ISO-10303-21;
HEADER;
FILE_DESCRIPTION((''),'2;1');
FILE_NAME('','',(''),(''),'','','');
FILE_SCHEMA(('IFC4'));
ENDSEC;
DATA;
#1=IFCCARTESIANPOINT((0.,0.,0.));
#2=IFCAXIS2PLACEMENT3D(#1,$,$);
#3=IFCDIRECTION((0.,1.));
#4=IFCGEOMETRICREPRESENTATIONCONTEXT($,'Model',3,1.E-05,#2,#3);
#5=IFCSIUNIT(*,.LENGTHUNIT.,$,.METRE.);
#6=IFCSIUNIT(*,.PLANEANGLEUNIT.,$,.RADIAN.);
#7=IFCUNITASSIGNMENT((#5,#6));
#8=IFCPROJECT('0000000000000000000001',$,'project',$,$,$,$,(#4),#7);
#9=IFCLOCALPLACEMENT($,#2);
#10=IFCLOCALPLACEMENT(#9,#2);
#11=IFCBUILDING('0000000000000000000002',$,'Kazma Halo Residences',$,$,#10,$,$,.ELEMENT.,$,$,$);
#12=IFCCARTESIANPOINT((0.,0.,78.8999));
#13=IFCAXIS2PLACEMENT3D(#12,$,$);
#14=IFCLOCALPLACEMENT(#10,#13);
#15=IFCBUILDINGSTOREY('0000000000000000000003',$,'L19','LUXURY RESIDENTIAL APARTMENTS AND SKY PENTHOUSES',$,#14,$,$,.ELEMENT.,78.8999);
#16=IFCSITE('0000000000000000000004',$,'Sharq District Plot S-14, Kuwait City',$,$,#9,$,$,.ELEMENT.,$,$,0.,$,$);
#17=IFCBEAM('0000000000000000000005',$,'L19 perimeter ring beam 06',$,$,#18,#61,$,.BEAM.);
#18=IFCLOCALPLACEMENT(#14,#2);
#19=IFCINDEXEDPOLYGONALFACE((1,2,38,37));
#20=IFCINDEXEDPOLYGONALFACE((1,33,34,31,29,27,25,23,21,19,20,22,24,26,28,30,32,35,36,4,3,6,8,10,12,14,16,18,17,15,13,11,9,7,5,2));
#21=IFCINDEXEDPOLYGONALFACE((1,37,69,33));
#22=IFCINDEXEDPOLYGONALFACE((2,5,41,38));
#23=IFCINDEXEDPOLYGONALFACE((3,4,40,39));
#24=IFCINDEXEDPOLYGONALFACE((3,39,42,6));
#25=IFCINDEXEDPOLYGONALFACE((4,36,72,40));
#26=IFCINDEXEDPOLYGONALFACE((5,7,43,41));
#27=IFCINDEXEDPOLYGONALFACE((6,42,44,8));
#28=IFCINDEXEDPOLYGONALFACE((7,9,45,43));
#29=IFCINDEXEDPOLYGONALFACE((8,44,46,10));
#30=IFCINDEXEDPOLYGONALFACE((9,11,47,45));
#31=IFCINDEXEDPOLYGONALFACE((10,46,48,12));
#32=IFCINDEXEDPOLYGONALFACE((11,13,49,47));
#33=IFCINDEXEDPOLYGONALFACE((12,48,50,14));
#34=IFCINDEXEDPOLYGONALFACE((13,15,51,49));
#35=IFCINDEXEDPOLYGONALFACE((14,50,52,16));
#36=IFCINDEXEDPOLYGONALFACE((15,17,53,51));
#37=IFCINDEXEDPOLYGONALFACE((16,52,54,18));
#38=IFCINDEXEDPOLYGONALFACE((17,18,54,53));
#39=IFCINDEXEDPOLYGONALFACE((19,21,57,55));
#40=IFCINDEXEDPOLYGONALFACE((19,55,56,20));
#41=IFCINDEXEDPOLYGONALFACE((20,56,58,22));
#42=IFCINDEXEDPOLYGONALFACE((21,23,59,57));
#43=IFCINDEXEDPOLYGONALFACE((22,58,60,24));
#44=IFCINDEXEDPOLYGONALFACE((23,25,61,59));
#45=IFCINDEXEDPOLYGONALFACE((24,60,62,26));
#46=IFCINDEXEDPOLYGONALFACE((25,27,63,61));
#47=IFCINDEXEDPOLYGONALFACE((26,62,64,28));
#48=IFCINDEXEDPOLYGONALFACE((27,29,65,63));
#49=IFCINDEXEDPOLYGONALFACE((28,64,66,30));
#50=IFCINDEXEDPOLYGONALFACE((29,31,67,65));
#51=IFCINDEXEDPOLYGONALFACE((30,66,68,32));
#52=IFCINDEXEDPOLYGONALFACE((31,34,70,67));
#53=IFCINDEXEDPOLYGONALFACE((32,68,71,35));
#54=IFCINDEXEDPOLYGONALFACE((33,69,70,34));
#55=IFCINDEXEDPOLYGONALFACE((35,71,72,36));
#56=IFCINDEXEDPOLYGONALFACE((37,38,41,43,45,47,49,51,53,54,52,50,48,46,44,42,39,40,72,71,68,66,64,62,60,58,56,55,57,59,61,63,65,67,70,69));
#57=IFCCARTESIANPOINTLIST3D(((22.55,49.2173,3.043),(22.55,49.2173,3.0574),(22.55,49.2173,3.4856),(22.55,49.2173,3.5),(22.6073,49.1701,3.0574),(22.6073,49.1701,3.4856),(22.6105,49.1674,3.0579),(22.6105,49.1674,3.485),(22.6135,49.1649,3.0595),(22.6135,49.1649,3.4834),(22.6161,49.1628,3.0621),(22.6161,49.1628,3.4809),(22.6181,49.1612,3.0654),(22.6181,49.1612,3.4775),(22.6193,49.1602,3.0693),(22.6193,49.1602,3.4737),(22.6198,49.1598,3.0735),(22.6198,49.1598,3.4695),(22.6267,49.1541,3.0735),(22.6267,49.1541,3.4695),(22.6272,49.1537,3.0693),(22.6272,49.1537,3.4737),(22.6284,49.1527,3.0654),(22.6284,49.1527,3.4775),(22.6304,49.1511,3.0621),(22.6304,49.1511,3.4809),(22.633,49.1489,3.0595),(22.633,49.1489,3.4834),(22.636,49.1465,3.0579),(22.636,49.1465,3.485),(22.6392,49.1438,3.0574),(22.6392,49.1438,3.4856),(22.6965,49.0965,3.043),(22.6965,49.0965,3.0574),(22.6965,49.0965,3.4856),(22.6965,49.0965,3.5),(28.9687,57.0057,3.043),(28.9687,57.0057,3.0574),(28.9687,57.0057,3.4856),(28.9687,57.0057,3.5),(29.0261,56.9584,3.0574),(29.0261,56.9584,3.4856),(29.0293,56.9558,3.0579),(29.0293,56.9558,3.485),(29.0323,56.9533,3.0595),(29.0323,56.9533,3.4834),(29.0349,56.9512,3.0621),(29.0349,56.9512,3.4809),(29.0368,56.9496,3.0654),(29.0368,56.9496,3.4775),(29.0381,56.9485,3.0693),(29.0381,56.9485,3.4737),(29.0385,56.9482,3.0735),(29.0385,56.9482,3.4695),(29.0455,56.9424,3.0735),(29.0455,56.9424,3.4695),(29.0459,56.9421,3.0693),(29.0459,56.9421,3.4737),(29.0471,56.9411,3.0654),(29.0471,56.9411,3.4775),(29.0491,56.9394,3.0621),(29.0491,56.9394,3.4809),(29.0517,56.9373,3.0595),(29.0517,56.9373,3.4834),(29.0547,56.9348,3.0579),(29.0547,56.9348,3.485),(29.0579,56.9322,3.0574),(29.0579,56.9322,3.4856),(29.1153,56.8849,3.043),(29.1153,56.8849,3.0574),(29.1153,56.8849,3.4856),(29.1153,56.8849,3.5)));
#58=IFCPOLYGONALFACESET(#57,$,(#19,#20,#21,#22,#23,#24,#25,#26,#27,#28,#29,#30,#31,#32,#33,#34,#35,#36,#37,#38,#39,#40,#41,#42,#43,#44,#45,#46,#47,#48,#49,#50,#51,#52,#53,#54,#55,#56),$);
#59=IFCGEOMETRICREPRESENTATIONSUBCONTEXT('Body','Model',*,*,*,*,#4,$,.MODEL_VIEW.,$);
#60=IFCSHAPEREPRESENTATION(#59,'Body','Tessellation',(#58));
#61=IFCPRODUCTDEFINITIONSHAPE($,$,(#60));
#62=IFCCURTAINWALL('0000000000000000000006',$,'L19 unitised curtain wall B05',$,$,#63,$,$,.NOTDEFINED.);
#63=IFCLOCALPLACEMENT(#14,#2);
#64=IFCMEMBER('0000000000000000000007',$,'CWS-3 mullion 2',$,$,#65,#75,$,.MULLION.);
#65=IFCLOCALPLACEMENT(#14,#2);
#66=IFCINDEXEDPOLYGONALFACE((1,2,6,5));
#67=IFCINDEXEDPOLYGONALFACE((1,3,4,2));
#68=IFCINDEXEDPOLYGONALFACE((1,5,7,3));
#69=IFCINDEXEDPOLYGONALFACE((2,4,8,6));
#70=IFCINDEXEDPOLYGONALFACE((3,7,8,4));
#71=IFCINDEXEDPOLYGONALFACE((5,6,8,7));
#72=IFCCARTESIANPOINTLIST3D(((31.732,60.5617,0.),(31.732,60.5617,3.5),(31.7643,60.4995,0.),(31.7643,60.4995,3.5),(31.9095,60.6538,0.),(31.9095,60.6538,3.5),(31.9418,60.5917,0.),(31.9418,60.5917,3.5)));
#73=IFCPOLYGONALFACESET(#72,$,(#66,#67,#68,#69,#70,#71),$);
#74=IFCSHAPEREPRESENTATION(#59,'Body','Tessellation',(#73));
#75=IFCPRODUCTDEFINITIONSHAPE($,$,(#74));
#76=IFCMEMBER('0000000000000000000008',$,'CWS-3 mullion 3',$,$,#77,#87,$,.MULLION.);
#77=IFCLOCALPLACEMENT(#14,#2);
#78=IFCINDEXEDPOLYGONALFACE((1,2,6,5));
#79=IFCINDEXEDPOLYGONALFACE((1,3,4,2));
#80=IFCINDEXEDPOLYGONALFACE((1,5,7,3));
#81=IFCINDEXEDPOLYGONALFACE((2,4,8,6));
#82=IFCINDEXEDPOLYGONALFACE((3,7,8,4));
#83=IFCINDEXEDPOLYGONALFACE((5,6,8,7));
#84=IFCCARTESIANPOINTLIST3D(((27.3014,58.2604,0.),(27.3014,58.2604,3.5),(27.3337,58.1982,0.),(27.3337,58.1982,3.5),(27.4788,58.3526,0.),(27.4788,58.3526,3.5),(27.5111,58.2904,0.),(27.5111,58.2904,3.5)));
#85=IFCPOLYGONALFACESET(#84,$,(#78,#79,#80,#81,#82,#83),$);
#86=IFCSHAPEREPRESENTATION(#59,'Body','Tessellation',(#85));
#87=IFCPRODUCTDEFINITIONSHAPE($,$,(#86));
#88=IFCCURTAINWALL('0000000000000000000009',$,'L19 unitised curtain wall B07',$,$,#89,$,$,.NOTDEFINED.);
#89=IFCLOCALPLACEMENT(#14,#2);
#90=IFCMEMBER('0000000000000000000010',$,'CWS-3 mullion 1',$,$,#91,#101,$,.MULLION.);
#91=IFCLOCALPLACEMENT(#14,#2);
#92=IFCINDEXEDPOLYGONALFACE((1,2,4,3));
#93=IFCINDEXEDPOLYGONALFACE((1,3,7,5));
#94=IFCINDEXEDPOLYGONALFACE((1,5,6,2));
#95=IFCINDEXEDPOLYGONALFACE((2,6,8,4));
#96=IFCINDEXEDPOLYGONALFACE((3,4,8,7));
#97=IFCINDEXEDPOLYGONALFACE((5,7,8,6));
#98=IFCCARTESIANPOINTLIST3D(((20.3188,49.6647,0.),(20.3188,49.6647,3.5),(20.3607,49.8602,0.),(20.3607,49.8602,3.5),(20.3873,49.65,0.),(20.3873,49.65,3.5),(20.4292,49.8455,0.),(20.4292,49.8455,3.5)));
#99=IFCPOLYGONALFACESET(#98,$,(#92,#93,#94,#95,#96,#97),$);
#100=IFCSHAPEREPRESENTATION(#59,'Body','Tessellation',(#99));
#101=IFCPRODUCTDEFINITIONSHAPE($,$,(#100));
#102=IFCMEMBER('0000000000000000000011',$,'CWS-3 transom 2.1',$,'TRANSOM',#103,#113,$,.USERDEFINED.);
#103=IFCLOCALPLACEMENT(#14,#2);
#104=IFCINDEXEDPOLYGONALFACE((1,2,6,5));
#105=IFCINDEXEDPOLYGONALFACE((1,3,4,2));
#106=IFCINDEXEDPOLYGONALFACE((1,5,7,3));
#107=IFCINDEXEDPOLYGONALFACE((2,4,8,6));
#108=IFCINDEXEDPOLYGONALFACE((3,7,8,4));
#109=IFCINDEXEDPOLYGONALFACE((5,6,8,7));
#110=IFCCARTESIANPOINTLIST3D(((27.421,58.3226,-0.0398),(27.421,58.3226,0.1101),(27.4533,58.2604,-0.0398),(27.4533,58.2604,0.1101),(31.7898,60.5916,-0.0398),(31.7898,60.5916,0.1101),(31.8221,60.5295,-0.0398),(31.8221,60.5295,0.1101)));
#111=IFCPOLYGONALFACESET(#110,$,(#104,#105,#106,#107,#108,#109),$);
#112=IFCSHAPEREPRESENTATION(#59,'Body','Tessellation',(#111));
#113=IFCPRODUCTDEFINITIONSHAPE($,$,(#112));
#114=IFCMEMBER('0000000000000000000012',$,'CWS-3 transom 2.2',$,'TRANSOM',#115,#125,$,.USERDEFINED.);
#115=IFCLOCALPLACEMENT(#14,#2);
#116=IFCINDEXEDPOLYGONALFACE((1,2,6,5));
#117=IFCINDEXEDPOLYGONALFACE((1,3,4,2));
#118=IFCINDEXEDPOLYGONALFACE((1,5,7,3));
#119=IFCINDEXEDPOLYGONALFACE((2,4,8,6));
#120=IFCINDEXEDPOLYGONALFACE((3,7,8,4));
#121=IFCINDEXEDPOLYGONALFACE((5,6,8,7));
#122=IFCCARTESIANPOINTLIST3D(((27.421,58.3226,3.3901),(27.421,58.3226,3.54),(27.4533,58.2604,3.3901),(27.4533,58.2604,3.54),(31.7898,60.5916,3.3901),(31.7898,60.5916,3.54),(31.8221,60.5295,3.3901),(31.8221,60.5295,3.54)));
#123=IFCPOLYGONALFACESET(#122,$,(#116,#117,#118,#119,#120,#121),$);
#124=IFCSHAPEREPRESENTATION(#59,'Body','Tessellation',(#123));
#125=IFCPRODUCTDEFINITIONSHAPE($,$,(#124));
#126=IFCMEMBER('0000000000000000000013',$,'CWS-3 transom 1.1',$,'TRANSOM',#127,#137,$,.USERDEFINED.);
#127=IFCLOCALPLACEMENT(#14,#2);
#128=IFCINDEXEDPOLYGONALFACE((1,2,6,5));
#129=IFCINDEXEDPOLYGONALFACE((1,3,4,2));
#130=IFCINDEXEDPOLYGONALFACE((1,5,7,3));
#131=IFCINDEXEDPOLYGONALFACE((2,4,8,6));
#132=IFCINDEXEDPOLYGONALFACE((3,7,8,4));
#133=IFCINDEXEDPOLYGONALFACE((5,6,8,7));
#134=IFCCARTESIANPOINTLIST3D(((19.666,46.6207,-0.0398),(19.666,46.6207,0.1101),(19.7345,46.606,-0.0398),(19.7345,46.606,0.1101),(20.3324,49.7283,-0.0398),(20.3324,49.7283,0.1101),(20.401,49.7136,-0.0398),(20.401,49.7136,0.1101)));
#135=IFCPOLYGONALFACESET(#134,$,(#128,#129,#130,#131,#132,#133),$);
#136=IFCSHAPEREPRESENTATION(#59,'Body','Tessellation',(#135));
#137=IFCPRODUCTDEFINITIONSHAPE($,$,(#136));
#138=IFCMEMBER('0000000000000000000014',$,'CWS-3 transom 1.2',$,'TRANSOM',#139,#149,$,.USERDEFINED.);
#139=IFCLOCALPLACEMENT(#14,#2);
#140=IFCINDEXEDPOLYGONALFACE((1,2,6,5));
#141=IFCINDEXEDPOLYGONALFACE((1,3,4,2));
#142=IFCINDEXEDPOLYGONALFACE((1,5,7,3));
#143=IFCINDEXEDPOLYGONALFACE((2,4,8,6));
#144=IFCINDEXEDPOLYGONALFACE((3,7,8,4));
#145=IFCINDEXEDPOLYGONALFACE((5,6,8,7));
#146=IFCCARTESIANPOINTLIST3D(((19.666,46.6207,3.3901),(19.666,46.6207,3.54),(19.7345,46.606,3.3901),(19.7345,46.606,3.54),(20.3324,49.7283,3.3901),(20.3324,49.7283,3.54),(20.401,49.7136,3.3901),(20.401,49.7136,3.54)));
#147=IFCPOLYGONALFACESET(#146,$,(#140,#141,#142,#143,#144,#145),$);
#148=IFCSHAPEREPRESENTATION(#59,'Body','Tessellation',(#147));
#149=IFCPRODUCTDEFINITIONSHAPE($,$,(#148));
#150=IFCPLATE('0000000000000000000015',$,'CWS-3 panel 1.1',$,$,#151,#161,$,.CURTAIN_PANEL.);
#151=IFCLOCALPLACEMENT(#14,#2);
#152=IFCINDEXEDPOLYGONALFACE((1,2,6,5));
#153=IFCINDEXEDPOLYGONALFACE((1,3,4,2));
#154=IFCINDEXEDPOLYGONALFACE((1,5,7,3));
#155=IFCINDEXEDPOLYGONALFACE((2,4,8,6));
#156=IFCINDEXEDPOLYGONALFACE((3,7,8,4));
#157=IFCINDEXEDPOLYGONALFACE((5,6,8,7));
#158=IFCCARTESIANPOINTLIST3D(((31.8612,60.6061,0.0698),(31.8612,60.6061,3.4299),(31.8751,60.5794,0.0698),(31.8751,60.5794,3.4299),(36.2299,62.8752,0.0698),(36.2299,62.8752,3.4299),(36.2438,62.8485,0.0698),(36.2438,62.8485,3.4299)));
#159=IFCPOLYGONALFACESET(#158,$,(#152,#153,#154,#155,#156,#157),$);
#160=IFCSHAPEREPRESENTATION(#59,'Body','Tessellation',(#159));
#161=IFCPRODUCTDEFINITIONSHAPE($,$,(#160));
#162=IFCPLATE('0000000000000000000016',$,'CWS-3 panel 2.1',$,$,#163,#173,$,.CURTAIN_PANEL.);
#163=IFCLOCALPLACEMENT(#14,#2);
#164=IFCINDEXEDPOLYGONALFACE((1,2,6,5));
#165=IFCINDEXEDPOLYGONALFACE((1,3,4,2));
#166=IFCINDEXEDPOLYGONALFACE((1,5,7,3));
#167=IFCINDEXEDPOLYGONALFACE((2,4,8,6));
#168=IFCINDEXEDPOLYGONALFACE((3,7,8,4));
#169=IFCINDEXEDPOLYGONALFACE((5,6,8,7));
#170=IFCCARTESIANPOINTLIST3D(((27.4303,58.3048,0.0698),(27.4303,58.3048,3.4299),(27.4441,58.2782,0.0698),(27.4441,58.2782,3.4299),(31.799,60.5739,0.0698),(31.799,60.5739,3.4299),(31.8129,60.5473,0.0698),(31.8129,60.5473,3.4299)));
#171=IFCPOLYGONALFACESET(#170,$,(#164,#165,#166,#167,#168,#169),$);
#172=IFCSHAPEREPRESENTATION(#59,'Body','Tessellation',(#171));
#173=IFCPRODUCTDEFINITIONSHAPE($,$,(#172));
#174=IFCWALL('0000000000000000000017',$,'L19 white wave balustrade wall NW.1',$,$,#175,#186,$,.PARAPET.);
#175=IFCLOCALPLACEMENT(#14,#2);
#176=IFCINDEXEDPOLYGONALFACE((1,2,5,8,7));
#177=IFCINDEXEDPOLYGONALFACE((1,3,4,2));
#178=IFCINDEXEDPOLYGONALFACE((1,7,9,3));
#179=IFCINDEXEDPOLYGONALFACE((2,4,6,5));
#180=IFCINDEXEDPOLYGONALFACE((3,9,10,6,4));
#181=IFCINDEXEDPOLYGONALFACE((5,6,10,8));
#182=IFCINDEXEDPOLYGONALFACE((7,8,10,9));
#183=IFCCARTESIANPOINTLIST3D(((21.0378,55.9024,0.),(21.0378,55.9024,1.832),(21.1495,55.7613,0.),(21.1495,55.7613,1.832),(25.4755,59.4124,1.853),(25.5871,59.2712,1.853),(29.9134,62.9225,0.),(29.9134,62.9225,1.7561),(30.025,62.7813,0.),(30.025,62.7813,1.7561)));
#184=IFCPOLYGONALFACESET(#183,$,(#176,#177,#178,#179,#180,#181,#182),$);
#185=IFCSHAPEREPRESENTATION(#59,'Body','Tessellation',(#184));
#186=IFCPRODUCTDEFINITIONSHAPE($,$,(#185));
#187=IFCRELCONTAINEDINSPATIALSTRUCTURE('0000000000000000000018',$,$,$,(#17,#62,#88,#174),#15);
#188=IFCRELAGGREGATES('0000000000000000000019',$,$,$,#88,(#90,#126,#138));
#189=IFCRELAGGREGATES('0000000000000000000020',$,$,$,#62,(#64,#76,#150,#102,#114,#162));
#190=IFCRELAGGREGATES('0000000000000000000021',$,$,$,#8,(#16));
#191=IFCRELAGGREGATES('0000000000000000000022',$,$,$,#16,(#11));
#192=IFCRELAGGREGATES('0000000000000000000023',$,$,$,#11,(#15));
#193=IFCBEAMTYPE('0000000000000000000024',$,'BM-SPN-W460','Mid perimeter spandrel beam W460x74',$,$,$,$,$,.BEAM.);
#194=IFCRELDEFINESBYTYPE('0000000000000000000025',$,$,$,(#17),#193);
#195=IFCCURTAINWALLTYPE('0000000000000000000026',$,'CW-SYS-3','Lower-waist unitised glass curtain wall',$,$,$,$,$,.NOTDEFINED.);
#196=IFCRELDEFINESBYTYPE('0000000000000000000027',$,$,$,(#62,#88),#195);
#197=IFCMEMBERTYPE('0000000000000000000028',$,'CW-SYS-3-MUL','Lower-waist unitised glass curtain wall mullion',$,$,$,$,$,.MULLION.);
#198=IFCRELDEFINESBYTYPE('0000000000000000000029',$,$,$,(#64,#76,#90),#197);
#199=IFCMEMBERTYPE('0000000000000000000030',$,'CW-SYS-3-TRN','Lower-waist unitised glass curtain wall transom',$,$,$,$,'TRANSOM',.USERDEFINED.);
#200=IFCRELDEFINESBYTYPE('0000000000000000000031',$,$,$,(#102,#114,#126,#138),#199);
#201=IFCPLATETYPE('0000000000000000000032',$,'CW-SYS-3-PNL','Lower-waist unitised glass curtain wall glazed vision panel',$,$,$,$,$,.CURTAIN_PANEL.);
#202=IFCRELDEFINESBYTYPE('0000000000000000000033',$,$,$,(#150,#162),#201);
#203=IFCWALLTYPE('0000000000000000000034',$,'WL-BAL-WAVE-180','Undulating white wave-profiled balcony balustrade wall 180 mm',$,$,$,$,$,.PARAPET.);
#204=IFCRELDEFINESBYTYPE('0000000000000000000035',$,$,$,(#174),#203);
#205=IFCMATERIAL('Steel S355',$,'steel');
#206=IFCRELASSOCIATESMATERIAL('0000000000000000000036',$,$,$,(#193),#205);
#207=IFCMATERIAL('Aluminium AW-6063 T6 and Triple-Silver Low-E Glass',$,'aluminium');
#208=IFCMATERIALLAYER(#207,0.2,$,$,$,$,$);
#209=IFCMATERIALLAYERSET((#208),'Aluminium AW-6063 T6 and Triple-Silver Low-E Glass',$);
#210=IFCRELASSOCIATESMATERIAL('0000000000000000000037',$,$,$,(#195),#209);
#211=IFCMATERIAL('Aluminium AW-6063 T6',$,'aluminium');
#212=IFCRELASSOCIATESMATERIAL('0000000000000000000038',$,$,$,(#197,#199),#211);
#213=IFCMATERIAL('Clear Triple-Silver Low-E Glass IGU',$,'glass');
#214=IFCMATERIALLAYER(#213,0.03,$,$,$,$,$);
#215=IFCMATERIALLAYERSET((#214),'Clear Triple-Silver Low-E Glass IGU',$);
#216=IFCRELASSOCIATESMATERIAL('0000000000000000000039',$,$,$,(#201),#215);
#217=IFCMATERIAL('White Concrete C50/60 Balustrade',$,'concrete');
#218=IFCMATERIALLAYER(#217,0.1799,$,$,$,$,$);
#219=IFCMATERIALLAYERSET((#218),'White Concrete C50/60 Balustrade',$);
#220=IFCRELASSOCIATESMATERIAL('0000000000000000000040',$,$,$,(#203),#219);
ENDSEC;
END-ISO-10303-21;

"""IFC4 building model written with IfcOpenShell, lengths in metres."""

from ifc_helpers import new_model, si_unit, direction, frame, origin, origin_2d, place, context, subcontext, project, spatial, polyline, rectangle, i_section, outline, extrude, material, layer, layer_set, material_profile, profile_set, type_object, element, aggregate, save


model = new_model("IFC4")

# Units and contexts
model_context = context("Model", 3, precision=1e-05, world=origin(), true_north=direction((0.0, 1.0)))
body_context = subcontext(model_context, "Body", "Model", "MODEL_VIEW")
ifc_project = project(units=[si_unit("LENGTHUNIT", "METRE"), si_unit("PLANEANGLEUNIT", "RADIAN")], contexts=[model_context])

# Site, building, storey
site_placement = place(None, origin())
site = spatial("IfcSite", under=ifc_project, at=site_placement, Name="Sharq District Plot S-14, Kuwait City", CompositionType="ELEMENT", RefElevation=0.0)
building_placement = place(site_placement, origin())
building = spatial("IfcBuilding", under=site, at=building_placement, Name="Kazma Halo Residences", CompositionType="ELEMENT")
storey_placement = place(building_placement, frame((0.0, 0.0, 78.8999)))
storey = spatial("IfcBuildingStorey", under=building, at=storey_placement, Name="L19", Description="LUXURY RESIDENTIAL APARTMENTS AND SKY PENTHOUSES", CompositionType="ELEMENT", Elevation=78.8999)

# Beam
ifc_material_1 = material(Name="Steel S355", Category="steel")
ifc_material_profile_1 = material_profile(ifc_material_1, i_section(OverallWidth=0.1899, OverallDepth=0.457, WebThickness=0.009, FlangeThickness=0.0144, FilletRadius=0.0161, at=origin_2d()), Name="W460x74")
ifc_profile_set_1 = profile_set([ifc_material_profile_1], Name="Steel S355")
beam_type_1 = type_object("IfcBeamType", Name="BM-SPN-W460", Description="Mid perimeter spandrel beam W460x74", PredefinedType="BEAM", material=ifc_profile_set_1)
beam_1_placement = place(storey_placement, frame((29.042, 56.9453, 3.2715), z_axis=(-0.63599, -0.771698, 0.0), x_axis=(0.771698, -0.63599, 0.0)))
element("IfcBeam", 1, at=beam_1_placement, inside=storey, type_object=beam_type_1, Name="L19 perimeter ring beam 06", PredefinedType="BEAM", context=body_context, shape_type="SweptSolid", body=[
    extrude(i_section(OverallWidth=0.1899, OverallDepth=0.457, WebThickness=0.009, FlangeThickness=0.0144, FilletRadius=0.0161, at=origin_2d()), origin(), (0.0, 0.0, 1.0), 10.0925),
])

# Curtain wall, members
ifc_material_2 = material(Name="Aluminium AW-6063 T6 and Triple-Silver Low-E Glass", Category="aluminium")
ifc_layer_1 = layer(ifc_material_2, 0.2)
ifc_layer_set_1 = layer_set([ifc_layer_1], Name="Aluminium AW-6063 T6 and Triple-Silver Low-E Glass")
curtain_wall_type = type_object("IfcCurtainWallType", Name="CW-SYS-3", Description="Lower-waist unitised glass curtain wall", PredefinedType="NOTDEFINED", material=ifc_layer_set_1)
curtain_wall_1_placement = place(storey_placement, origin())
curtain_wall_1 = element("IfcCurtainWall", 2, at=curtain_wall_1_placement, inside=storey, type_object=curtain_wall_type, Name="L19 unitised curtain wall B05", PredefinedType="NOTDEFINED")
ifc_material_3 = material(Name="Aluminium AW-6063 T6", Category="aluminium")
ifc_material_profile_2 = material_profile(ifc_material_3, rectangle(XDim=0.0701, YDim=0.2, at=origin_2d()), Name="CWM-70x200")
ifc_profile_set_2 = profile_set([ifc_material_profile_2], Name="Aluminium AW-6063 T6")
member_type_1 = type_object("IfcMemberType", Name="CW-SYS-3-MUL", Description="Lower-waist unitised glass curtain wall mullion", PredefinedType="MULLION", material=ifc_profile_set_2)
member_1_placement = place(storey_placement, frame((31.8369, 60.5767, 0.0), z_axis=(0.0, 0.0, 1.0), x_axis=(0.460932, -0.887435, 0.0)))
member_1 = element("IfcMember", 3, at=member_1_placement, type_object=member_type_1, Name="CWS-3 mullion 2", PredefinedType="MULLION", context=body_context, shape_type="SweptSolid", body=[
    extrude(rectangle(XDim=0.0701, YDim=0.2, at=origin_2d()), origin(), (0.0, 0.0, 1.0), 3.5),
])
member_2_placement = place(storey_placement, frame((27.4062, 58.2754, 0.0), z_axis=(0.0, 0.0, 1.0), x_axis=(0.460932, -0.887435, 0.0)))
member_2 = element("IfcMember", 4, at=member_2_placement, type_object=member_type_1, Name="CWS-3 mullion 3", PredefinedType="MULLION", context=body_context, shape_type="SweptSolid", body=[
    extrude(rectangle(XDim=0.0701, YDim=0.2, at=origin_2d()), origin(), (0.0, 0.0, 1.0), 3.5),
])

# Curtain wall, member
curtain_wall_2_placement = place(storey_placement, origin())
curtain_wall_2 = element("IfcCurtainWall", 5, at=curtain_wall_2_placement, inside=storey, type_object=curtain_wall_type, Name="L19 unitised curtain wall B07", PredefinedType="NOTDEFINED")
member_3_placement = place(storey_placement, frame((20.374, 49.7551, 0.0), z_axis=(0.0, 0.0, 1.0), x_axis=(0.977774, -0.209661, 0.0)))
member_3 = element("IfcMember", 6, at=member_3_placement, type_object=member_type_1, Name="CWS-3 mullion 1", PredefinedType="MULLION", context=body_context, shape_type="SweptSolid", body=[
    extrude(rectangle(XDim=0.0701, YDim=0.2, at=origin_2d()), origin(), (0.0, 0.0, 1.0), 3.5),
])

# Members
ifc_material_profile_3 = material_profile(ifc_material_3, rectangle(XDim=0.0701, YDim=0.1499, at=origin_2d()), Name="CWT-70x150")
ifc_profile_set_3 = profile_set([ifc_material_profile_3], Name="Aluminium AW-6063 T6")
member_type_2 = type_object("IfcMemberType", Name="CW-SYS-3-TRN", Description="Lower-waist unitised glass curtain wall transom", ElementType="TRANSOM", PredefinedType="USERDEFINED", material=ifc_profile_set_3)
member_4_placement = place(storey_placement, frame((31.8059, 60.5605, 0.0352), z_axis=(-0.887438, -0.460928, 0.0), x_axis=(0.460928, -0.887438, 0.0)))
member_4 = element("IfcMember", 7, at=member_4_placement, type_object=member_type_2, Name="CWS-3 transom 2.1", ObjectType="TRANSOM", PredefinedType="USERDEFINED", context=body_context, shape_type="SweptSolid", body=[
    extrude(rectangle(XDim=0.0701, YDim=0.1499, at=origin_2d()), origin(), (0.0, 0.0, 1.0), 4.9229),
])
member_5_placement = place(storey_placement, frame((31.8059, 60.5605, 3.4651), z_axis=(-0.887438, -0.460928, 0.0), x_axis=(0.460928, -0.887438, 0.0)))
member_5 = element("IfcMember", 8, at=member_5_placement, type_object=member_type_2, Name="CWS-3 transom 2.2", ObjectType="TRANSOM", PredefinedType="USERDEFINED", context=body_context, shape_type="SweptSolid", body=[
    extrude(rectangle(XDim=0.0701, YDim=0.1499, at=origin_2d()), origin(), (0.0, 0.0, 1.0), 4.9229),
])
member_6_placement = place(storey_placement, frame((20.3667, 49.7209, 0.0352), z_axis=(-0.209702, -0.977765, 0.0), x_axis=(0.977765, -0.209702, 0.0)))
member_6 = element("IfcMember", 9, at=member_6_placement, type_object=member_type_2, Name="CWS-3 transom 1.1", ObjectType="TRANSOM", PredefinedType="USERDEFINED", context=body_context, shape_type="SweptSolid", body=[
    extrude(rectangle(XDim=0.0701, YDim=0.1499, at=origin_2d()), origin(), (0.0, 0.0, 1.0), 3.1782),
])
member_7_placement = place(storey_placement, frame((20.3667, 49.7209, 3.4651), z_axis=(-0.209702, -0.977765, 0.0), x_axis=(0.977765, -0.209702, 0.0)))
member_7 = element("IfcMember", 10, at=member_7_placement, type_object=member_type_2, Name="CWS-3 transom 1.2", ObjectType="TRANSOM", PredefinedType="USERDEFINED", context=body_context, shape_type="SweptSolid", body=[
    extrude(rectangle(XDim=0.0701, YDim=0.1499, at=origin_2d()), origin(), (0.0, 0.0, 1.0), 3.1782),
])
aggregate(curtain_wall_2, [member_3, member_6, member_7])

# Plates
ifc_material_4 = material(Name="Clear Triple-Silver Low-E Glass IGU", Category="glass")
ifc_layer_2 = layer(ifc_material_4, 0.03)
ifc_layer_set_2 = layer_set([ifc_layer_2], Name="Clear Triple-Silver Low-E Glass IGU")
plate_type = type_object("IfcPlateType", Name="CW-SYS-3-PNL", Description="Lower-waist unitised glass curtain wall glazed vision panel", PredefinedType="CURTAIN_PANEL", material=ifc_layer_set_2)
plate_1_placement = place(storey_placement, frame((34.0525, 61.7273, 0.0698), z_axis=(0.0, 0.0, 1.0), x_axis=(-0.887435, -0.460932, 0.0)))
plate_1 = element("IfcPlate", 11, at=plate_1_placement, type_object=plate_type, Name="CWS-3 panel 1.1", PredefinedType="CURTAIN_PANEL", context=body_context, shape_type="SweptSolid", body=[
    extrude(rectangle(XDim=4.9229, YDim=0.03, at=origin_2d()), origin(), (0.0, 0.0, 1.0), 3.3601),
])
plate_2_placement = place(storey_placement, frame((29.6216, 59.426, 0.0698), z_axis=(0.0, 0.0, 1.0), x_axis=(-0.887435, -0.460932, 0.0)))
plate_2 = element("IfcPlate", 12, at=plate_2_placement, type_object=plate_type, Name="CWS-3 panel 2.1", PredefinedType="CURTAIN_PANEL", context=body_context, shape_type="SweptSolid", body=[
    extrude(rectangle(XDim=4.9229, YDim=0.03, at=origin_2d()), origin(), (0.0, 0.0, 1.0), 3.3601),
])
aggregate(curtain_wall_1, [member_1, member_2, plate_1, member_4, member_5, plate_2])

# Wall
ifc_material_5 = material(Name="White Concrete C50/60 Balustrade", Category="concrete")
ifc_layer_3 = layer(ifc_material_5, 0.1799)
ifc_layer_set_3 = layer_set([ifc_layer_3], Name="White Concrete C50/60 Balustrade")
wall_type_1 = type_object("IfcWallType", Name="WL-BAL-WAVE-180", Description="Undulating white wave-profiled balcony balustrade wall 180 mm", PredefinedType="PARAPET", material=ifc_layer_set_3)
wall_1_placement = place(storey_placement, frame((29.9692, 62.8518, 0.0), z_axis=(0.0, 0.0, 1.0), x_axis=(-0.784321, -0.620355, 0.0)))
element("IfcWall", 13, at=wall_1_placement, inside=storey, type_object=wall_type_1, Name="L19 white wave balustrade wall NW.1", PredefinedType="PARAPET", context=body_context, shape_type="SweptSolid", body=[
    extrude(outline(polyline([(0.0, 0.0), (11.3162, 0.0), (11.3162, 1.832), (5.6582, 1.853), (0.0, 1.7561), (0.0, 0.0)])), frame((0.0, 0.0898, 0.0), z_axis=(0.0, -1.0, 0.0), x_axis=(1.0, 0.0, 0.0)), (0.0, 0.0, 1.0), 0.1799),
])

save(model, "model.ifc")
